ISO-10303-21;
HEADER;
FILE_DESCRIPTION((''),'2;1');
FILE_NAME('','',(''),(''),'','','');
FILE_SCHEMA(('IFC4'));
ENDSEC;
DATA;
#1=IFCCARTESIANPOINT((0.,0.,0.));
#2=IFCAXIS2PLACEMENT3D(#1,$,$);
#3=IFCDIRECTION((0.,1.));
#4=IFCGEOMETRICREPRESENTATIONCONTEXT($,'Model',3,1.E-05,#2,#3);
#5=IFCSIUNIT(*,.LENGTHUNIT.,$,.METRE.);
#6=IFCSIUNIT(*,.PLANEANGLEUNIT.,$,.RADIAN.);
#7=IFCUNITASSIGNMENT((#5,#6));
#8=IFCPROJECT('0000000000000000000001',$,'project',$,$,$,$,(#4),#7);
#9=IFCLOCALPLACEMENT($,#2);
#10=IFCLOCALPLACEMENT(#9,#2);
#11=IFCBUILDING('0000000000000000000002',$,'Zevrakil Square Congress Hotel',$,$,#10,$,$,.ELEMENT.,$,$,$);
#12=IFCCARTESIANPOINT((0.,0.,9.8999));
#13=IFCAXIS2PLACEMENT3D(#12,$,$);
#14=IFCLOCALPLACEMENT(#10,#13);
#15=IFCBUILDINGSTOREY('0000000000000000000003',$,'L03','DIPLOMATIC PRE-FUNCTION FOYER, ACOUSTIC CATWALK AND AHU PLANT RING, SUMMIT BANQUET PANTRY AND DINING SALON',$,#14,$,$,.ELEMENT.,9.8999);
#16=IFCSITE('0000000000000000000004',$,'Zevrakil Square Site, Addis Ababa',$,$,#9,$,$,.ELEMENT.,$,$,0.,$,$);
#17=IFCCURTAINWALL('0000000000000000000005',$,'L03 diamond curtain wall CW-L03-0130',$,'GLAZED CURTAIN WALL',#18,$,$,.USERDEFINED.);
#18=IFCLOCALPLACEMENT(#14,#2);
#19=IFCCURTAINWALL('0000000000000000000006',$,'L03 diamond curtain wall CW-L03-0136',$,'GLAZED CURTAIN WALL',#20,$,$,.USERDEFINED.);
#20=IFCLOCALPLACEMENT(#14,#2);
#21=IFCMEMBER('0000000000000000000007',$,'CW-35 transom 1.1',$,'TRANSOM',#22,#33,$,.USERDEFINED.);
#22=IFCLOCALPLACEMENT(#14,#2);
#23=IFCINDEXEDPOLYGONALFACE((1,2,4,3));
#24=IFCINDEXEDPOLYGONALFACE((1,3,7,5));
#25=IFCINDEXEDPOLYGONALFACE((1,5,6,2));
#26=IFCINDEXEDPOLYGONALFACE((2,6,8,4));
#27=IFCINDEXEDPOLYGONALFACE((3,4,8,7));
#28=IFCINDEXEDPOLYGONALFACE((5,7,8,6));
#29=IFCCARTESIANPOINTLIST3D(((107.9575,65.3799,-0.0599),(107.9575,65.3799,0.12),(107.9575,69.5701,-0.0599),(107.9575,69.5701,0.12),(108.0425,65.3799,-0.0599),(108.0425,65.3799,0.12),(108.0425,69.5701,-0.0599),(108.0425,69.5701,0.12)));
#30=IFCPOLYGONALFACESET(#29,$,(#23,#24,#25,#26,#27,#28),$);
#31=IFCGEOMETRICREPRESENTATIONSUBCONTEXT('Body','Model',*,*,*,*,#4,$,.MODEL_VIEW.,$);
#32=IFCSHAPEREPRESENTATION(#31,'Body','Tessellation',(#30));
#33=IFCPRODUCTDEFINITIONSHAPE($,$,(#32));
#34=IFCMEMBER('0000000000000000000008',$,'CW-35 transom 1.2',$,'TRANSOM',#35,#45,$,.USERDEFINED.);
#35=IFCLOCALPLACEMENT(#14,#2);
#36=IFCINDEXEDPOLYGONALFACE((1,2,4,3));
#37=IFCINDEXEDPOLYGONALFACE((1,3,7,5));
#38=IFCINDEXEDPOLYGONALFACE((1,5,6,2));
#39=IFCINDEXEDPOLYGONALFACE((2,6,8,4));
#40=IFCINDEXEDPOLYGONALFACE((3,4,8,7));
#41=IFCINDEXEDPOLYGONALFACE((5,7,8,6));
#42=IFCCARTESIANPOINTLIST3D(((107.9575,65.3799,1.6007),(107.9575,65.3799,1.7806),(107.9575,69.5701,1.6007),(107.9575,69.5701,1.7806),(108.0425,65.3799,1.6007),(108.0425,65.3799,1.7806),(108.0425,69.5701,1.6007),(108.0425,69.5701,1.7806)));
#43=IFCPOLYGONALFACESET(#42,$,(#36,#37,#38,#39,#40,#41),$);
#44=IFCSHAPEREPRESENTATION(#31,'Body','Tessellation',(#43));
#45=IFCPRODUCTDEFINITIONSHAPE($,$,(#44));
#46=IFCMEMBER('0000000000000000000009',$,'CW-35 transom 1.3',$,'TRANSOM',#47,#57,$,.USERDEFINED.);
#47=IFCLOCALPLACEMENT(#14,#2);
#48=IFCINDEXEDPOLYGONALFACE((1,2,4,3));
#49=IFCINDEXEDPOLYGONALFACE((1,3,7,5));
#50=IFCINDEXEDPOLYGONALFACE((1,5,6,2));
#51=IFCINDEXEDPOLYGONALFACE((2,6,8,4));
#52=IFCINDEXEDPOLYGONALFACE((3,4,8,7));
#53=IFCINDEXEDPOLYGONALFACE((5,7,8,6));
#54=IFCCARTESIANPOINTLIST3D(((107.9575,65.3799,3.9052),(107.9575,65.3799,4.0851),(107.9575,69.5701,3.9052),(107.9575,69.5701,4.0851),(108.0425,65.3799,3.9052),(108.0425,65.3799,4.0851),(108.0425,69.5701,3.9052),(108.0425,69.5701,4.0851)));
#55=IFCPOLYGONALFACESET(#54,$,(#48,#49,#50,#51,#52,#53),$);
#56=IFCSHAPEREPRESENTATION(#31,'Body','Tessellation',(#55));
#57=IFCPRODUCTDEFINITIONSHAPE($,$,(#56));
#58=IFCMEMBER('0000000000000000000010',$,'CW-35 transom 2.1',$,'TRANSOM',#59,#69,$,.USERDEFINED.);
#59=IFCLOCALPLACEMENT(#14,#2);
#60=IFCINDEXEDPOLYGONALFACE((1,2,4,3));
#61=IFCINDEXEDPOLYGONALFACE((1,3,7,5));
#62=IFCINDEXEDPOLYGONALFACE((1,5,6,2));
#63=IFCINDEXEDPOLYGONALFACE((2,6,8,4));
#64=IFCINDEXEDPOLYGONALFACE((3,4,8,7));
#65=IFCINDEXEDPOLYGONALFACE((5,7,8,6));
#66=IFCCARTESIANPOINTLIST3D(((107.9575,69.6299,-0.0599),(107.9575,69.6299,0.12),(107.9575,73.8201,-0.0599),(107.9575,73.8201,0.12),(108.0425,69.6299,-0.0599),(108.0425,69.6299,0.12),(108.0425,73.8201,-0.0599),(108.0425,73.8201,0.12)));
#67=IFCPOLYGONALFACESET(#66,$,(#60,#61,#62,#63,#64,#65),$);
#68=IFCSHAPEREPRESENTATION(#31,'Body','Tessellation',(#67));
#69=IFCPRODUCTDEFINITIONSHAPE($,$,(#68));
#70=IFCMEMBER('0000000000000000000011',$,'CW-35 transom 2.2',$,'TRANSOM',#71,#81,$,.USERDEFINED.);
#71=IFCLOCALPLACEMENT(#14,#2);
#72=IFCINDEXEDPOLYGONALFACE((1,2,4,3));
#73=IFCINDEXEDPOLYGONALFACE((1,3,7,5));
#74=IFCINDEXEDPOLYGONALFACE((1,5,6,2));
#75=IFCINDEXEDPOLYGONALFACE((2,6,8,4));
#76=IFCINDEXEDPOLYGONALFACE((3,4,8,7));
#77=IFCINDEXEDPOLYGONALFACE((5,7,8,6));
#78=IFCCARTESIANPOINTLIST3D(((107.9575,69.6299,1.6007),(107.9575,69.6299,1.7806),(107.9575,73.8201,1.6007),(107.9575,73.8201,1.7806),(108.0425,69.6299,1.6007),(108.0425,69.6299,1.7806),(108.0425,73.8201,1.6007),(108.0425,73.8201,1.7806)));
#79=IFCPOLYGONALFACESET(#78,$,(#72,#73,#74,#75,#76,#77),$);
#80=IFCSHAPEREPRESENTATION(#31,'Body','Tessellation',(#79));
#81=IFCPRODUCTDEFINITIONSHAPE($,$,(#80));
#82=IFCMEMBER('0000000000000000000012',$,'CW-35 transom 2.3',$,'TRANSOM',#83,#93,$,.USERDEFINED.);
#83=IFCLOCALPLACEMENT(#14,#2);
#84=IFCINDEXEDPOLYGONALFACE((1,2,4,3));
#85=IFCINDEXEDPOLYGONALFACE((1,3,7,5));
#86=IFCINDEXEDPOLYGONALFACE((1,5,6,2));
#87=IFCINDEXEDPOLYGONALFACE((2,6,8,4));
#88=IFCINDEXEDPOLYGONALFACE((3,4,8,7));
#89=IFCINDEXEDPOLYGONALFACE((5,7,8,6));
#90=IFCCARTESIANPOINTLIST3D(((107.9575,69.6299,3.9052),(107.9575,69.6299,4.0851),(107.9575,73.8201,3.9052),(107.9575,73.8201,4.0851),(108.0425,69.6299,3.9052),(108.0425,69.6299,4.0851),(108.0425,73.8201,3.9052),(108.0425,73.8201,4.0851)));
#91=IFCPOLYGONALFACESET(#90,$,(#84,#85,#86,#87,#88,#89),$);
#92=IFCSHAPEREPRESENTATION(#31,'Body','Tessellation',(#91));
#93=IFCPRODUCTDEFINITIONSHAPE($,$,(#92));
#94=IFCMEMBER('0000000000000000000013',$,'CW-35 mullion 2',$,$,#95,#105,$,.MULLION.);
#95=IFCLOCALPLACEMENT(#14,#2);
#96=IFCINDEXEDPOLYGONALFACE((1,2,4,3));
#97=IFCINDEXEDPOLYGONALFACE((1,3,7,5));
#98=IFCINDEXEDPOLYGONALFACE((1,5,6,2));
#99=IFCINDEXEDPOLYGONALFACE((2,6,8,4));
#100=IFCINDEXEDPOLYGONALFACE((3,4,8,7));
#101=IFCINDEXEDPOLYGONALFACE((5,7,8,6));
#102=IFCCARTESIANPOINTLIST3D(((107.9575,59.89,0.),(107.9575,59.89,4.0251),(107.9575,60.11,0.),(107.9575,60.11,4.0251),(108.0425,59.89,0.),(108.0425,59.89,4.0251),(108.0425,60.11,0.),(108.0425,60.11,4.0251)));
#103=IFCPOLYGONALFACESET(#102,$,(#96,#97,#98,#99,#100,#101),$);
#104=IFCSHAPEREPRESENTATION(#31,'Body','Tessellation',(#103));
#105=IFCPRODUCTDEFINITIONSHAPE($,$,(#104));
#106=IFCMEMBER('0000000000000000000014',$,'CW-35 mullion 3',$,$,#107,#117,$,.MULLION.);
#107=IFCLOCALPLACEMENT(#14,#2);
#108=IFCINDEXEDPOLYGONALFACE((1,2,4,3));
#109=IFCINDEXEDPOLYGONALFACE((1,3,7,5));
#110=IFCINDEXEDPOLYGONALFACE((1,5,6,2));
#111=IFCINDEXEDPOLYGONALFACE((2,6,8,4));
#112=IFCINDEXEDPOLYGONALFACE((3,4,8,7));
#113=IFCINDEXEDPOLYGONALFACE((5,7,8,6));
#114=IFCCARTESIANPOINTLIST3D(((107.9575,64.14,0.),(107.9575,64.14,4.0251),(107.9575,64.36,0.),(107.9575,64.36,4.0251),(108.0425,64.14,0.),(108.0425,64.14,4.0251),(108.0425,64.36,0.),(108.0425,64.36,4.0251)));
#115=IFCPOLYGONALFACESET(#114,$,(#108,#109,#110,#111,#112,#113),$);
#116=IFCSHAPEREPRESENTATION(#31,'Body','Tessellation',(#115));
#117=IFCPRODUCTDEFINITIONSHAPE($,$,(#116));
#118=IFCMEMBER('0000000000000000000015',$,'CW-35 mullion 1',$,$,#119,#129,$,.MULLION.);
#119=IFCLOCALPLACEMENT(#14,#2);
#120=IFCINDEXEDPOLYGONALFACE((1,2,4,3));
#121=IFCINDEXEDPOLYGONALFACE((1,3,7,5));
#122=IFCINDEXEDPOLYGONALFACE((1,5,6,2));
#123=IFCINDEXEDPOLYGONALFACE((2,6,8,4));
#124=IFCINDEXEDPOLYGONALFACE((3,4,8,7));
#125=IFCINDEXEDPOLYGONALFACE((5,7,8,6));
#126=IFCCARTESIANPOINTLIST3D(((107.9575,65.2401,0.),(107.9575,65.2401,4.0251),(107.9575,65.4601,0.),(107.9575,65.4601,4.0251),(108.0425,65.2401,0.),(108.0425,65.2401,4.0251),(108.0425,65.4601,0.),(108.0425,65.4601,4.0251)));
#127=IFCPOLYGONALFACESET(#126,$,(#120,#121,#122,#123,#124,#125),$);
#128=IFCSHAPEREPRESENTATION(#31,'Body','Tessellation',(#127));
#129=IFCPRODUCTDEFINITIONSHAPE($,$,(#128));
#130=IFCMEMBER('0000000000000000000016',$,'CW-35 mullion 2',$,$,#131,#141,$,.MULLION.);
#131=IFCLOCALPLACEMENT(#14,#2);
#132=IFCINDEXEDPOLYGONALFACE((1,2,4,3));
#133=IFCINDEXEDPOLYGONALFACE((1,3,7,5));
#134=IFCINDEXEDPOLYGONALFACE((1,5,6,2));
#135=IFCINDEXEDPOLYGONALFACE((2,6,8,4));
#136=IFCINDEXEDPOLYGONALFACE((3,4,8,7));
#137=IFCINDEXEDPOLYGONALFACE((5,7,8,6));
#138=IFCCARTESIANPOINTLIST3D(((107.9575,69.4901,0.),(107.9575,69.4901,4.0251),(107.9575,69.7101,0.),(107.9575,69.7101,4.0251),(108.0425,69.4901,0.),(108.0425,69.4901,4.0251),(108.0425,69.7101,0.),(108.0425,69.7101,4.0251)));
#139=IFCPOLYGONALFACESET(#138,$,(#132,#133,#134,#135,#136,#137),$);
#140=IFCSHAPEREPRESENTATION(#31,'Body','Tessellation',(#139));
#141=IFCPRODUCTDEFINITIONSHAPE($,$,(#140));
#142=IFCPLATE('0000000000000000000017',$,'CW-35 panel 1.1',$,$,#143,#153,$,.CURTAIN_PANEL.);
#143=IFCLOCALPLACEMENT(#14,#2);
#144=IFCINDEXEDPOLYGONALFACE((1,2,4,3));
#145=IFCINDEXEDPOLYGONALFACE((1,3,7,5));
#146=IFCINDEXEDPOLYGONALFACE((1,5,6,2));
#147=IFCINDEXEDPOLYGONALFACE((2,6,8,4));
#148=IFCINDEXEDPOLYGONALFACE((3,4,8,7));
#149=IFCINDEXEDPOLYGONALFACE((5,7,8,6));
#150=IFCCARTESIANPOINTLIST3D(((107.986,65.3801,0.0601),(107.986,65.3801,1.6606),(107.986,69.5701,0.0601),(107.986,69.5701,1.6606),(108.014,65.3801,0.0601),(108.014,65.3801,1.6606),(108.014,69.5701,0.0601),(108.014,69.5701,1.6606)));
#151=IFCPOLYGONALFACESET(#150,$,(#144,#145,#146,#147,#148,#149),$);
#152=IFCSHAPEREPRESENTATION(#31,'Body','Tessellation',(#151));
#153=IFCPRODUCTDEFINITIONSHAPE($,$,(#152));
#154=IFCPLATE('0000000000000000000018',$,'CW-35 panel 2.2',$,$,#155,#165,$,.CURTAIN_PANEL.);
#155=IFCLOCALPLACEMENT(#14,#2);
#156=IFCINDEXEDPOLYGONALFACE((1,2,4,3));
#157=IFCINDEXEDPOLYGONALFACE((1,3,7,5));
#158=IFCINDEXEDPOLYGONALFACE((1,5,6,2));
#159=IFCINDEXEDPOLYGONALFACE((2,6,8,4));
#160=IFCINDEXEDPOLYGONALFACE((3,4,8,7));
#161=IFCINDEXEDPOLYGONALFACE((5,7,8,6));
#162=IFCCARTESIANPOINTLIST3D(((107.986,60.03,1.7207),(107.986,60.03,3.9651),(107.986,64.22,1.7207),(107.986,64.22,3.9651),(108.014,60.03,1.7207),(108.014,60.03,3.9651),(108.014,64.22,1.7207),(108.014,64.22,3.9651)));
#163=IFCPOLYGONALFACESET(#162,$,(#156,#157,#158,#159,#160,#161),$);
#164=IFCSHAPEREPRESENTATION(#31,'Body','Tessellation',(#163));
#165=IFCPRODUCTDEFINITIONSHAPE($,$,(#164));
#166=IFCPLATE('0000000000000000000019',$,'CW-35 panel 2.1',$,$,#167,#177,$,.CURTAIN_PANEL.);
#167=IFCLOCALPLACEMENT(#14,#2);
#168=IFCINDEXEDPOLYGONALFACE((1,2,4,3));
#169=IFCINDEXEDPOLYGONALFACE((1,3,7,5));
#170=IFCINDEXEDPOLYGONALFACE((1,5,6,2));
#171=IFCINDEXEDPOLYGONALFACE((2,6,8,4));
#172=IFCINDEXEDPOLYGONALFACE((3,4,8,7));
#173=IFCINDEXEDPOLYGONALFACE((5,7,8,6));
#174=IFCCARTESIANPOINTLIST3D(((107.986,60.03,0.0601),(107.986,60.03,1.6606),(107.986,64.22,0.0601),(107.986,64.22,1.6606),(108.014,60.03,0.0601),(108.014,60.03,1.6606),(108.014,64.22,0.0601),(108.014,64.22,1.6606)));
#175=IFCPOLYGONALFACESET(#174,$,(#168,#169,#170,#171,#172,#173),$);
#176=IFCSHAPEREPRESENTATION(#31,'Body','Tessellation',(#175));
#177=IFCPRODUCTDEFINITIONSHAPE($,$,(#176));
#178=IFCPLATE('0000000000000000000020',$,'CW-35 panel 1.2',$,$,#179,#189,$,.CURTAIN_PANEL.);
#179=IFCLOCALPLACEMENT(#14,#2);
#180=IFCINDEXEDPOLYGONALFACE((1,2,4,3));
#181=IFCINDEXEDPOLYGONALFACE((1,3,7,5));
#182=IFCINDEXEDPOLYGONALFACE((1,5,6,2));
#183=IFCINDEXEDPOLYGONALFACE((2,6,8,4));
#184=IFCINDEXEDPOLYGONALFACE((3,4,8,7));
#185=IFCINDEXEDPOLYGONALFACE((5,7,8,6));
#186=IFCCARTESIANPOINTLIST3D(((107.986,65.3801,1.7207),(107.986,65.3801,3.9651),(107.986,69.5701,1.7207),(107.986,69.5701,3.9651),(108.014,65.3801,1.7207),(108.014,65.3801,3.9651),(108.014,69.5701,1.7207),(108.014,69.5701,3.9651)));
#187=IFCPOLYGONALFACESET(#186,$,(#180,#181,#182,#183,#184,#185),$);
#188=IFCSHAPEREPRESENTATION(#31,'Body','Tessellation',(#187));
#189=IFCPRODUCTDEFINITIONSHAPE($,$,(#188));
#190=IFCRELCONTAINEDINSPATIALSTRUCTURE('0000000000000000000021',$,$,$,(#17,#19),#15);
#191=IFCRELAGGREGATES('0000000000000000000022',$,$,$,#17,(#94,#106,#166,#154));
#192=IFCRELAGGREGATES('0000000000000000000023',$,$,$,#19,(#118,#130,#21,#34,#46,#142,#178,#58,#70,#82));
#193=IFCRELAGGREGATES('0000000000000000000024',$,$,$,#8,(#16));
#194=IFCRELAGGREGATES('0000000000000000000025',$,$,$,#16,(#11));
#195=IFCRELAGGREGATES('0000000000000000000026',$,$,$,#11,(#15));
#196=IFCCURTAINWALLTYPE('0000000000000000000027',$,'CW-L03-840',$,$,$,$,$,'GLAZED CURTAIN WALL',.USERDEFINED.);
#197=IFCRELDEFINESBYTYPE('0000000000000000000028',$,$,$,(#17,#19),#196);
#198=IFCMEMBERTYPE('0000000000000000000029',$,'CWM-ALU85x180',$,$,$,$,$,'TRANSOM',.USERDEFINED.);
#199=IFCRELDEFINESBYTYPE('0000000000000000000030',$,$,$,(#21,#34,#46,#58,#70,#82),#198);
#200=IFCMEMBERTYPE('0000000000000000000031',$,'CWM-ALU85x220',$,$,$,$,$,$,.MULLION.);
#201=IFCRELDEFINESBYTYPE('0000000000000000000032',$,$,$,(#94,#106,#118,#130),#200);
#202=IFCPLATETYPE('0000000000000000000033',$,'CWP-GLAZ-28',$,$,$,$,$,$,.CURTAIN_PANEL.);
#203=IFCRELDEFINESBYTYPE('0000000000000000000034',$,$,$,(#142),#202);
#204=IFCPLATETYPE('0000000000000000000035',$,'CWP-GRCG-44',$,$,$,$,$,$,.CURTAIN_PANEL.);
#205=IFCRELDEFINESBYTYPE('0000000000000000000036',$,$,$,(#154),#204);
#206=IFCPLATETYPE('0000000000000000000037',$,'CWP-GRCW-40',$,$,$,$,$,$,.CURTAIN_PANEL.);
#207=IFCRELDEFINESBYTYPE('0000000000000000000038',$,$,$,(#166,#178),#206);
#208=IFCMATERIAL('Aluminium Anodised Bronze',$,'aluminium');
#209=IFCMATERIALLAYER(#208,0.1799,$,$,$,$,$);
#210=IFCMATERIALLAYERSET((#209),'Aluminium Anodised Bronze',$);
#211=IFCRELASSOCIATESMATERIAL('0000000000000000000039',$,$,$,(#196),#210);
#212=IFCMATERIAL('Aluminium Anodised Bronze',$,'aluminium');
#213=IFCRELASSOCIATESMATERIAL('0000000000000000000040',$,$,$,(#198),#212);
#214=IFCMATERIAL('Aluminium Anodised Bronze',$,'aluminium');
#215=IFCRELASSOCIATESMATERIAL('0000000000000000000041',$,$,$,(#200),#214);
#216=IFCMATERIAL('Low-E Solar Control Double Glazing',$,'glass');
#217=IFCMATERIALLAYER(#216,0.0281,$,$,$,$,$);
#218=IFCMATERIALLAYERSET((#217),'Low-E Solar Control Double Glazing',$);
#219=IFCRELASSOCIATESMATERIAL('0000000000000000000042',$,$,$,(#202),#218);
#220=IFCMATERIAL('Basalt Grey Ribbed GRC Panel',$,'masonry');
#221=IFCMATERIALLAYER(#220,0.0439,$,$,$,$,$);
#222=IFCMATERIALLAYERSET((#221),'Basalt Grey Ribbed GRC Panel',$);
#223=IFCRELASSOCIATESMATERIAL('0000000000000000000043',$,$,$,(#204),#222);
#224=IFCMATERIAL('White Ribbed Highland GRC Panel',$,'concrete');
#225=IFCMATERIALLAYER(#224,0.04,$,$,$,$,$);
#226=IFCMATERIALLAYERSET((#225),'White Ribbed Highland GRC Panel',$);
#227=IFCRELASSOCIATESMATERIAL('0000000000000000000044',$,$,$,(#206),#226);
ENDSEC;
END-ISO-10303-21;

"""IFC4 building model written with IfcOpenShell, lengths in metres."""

from ifc_helpers import new_model, si_unit, direction, frame, origin, origin_2d, place, context, subcontext, project, spatial, rectangle, extrude, material, layer, layer_set, material_profile, profile_set, type_object, element, aggregate, save


model = new_model("IFC4")

# Units and contexts
model_context = context("Model", 3, precision=1e-05, world=origin(), true_north=direction((0.0, 1.0)))
body_context = subcontext(model_context, "Body", "Model", "MODEL_VIEW")
ifc_project = project(units=[si_unit("LENGTHUNIT", "METRE"), si_unit("PLANEANGLEUNIT", "RADIAN")], contexts=[model_context])

# Site, building, storey
site_placement = place(None, origin())
site = spatial("IfcSite", under=ifc_project, at=site_placement, Name="Zevrakil Square Site, Addis Ababa", CompositionType="ELEMENT", RefElevation=0.0)
building_placement = place(site_placement, origin())
building = spatial("IfcBuilding", under=site, at=building_placement, Name="Zevrakil Square Congress Hotel", CompositionType="ELEMENT")
storey_placement = place(building_placement, frame((0.0, 0.0, 9.8999)))
storey = spatial("IfcBuildingStorey", under=building, at=storey_placement, Name="L03", Description="DIPLOMATIC PRE-FUNCTION FOYER, ACOUSTIC CATWALK AND AHU PLANT RING, SUMMIT BANQUET PANTRY AND DINING SALON", CompositionType="ELEMENT", Elevation=9.8999)

# Curtain walls, members
ifc_material_1 = material(Name="Aluminium Anodised Bronze", Category="aluminium")
ifc_layer_1 = layer(ifc_material_1, 0.1799)
ifc_layer_set_1 = layer_set([ifc_layer_1], Name="Aluminium Anodised Bronze")
curtain_wall_type = type_object("IfcCurtainWallType", Name="CW-L03-840", ElementType="GLAZED CURTAIN WALL", PredefinedType="USERDEFINED", material=ifc_layer_set_1)
curtain_wall_1_placement = place(storey_placement, origin())
curtain_wall_1 = element("IfcCurtainWall", 1, at=curtain_wall_1_placement, inside=storey, type_object=curtain_wall_type, Name="L03 diamond curtain wall CW-L03-0130", ObjectType="GLAZED CURTAIN WALL", PredefinedType="USERDEFINED")
ifc_material_2 = material(Name="Aluminium Anodised Bronze", Category="aluminium")
ifc_material_profile_1 = material_profile(ifc_material_2, rectangle(XDim=0.085, YDim=0.1799, at=origin_2d()), Name="ALU 85x180")
ifc_profile_set_1 = profile_set([ifc_material_profile_1], Name="Aluminium Anodised Bronze")
member_type_1 = type_object("IfcMemberType", Name="CWM-ALU85x180", ElementType="TRANSOM", PredefinedType="USERDEFINED", material=ifc_profile_set_1)
curtain_wall_2_placement = place(storey_placement, origin())
curtain_wall_2 = element("IfcCurtainWall", 2, at=curtain_wall_2_placement, inside=storey, type_object=curtain_wall_type, Name="L03 diamond curtain wall CW-L03-0136", ObjectType="GLAZED CURTAIN WALL", PredefinedType="USERDEFINED")
member_1_placement = place(storey_placement, frame((108.0, 65.3799, 0.03), z_axis=(0.0, 1.0, 0.0), x_axis=(-1.0, 0.0, 0.0)))
member_1 = element("IfcMember", 3, at=member_1_placement, type_object=member_type_1, Name="CW-35 transom 1.1", ObjectType="TRANSOM", PredefinedType="USERDEFINED", context=body_context, shape_type="SweptSolid", body=[
    extrude(rectangle(XDim=0.085, YDim=0.1799, at=origin_2d()), origin(), (0.0, 0.0, 1.0), 4.1902),
])
member_2_placement = place(storey_placement, frame((108.0, 65.3799, 1.6907), z_axis=(0.0, 1.0, 0.0), x_axis=(-1.0, 0.0, 0.0)))
member_2 = element("IfcMember", 4, at=member_2_placement, type_object=member_type_1, Name="CW-35 transom 1.2", ObjectType="TRANSOM", PredefinedType="USERDEFINED", context=body_context, shape_type="SweptSolid", body=[
    extrude(rectangle(XDim=0.085, YDim=0.1799, at=origin_2d()), origin(), (0.0, 0.0, 1.0), 4.1902),
])
member_3_placement = place(storey_placement, frame((108.0, 65.3799, 3.9951), z_axis=(0.0, 1.0, 0.0), x_axis=(-1.0, 0.0, 0.0)))
member_3 = element("IfcMember", 5, at=member_3_placement, type_object=member_type_1, Name="CW-35 transom 1.3", ObjectType="TRANSOM", PredefinedType="USERDEFINED", context=body_context, shape_type="SweptSolid", body=[
    extrude(rectangle(XDim=0.085, YDim=0.1799, at=origin_2d()), origin(), (0.0, 0.0, 1.0), 4.1902),
])
member_4_placement = place(storey_placement, frame((108.0, 69.6299, 0.03), z_axis=(0.0, 1.0, 0.0), x_axis=(-1.0, 0.0, 0.0)))
member_4 = element("IfcMember", 6, at=member_4_placement, type_object=member_type_1, Name="CW-35 transom 2.1", ObjectType="TRANSOM", PredefinedType="USERDEFINED", context=body_context, shape_type="SweptSolid", body=[
    extrude(rectangle(XDim=0.085, YDim=0.1799, at=origin_2d()), origin(), (0.0, 0.0, 1.0), 4.1902),
])
member_5_placement = place(storey_placement, frame((108.0, 69.6299, 1.6907), z_axis=(0.0, 1.0, 0.0), x_axis=(-1.0, 0.0, 0.0)))
member_5 = element("IfcMember", 7, at=member_5_placement, type_object=member_type_1, Name="CW-35 transom 2.2", ObjectType="TRANSOM", PredefinedType="USERDEFINED", context=body_context, shape_type="SweptSolid", body=[
    extrude(rectangle(XDim=0.085, YDim=0.1799, at=origin_2d()), origin(), (0.0, 0.0, 1.0), 4.1902),
])
member_6_placement = place(storey_placement, frame((108.0, 69.6299, 3.9951), z_axis=(0.0, 1.0, 0.0), x_axis=(-1.0, 0.0, 0.0)))
member_6 = element("IfcMember", 8, at=member_6_placement, type_object=member_type_1, Name="CW-35 transom 2.3", ObjectType="TRANSOM", PredefinedType="USERDEFINED", context=body_context, shape_type="SweptSolid", body=[
    extrude(rectangle(XDim=0.085, YDim=0.1799, at=origin_2d()), origin(), (0.0, 0.0, 1.0), 4.1902),
])

# Members
ifc_material_3 = material(Name="Aluminium Anodised Bronze", Category="aluminium")
ifc_material_profile_2 = material_profile(ifc_material_3, rectangle(XDim=0.085, YDim=0.22, at=origin_2d()), Name="ALU 85x220")
ifc_profile_set_2 = profile_set([ifc_material_profile_2], Name="Aluminium Anodised Bronze")
member_type_2 = type_object("IfcMemberType", Name="CWM-ALU85x220", PredefinedType="MULLION", material=ifc_profile_set_2)
member_7_placement = place(storey_placement, frame((108.0, 60.0, 0.0), z_axis=(0.0, 0.0, 1.0), x_axis=(-1.0, 0.0, 0.0)))
member_7 = element("IfcMember", 9, at=member_7_placement, type_object=member_type_2, Name="CW-35 mullion 2", PredefinedType="MULLION", context=body_context, shape_type="SweptSolid", body=[
    extrude(rectangle(XDim=0.085, YDim=0.22, at=origin_2d()), origin(), (0.0, 0.0, 1.0), 4.0251),
])
member_8_placement = place(storey_placement, frame((108.0, 64.25, 0.0), z_axis=(0.0, 0.0, 1.0), x_axis=(-1.0, 0.0, 0.0)))
member_8 = element("IfcMember", 10, at=member_8_placement, type_object=member_type_2, Name="CW-35 mullion 3", PredefinedType="MULLION", context=body_context, shape_type="SweptSolid", body=[
    extrude(rectangle(XDim=0.085, YDim=0.22, at=origin_2d()), origin(), (0.0, 0.0, 1.0), 4.0251),
])
member_9_placement = place(storey_placement, frame((108.0, 65.3501, 0.0), z_axis=(0.0, 0.0, 1.0), x_axis=(-1.0, 0.0, 0.0)))
member_9 = element("IfcMember", 11, at=member_9_placement, type_object=member_type_2, Name="CW-35 mullion 1", PredefinedType="MULLION", context=body_context, shape_type="SweptSolid", body=[
    extrude(rectangle(XDim=0.085, YDim=0.22, at=origin_2d()), origin(), (0.0, 0.0, 1.0), 4.0251),
])
member_10_placement = place(storey_placement, frame((108.0, 69.6001, 0.0), z_axis=(0.0, 0.0, 1.0), x_axis=(-1.0, 0.0, 0.0)))
member_10 = element("IfcMember", 12, at=member_10_placement, type_object=member_type_2, Name="CW-35 mullion 2", PredefinedType="MULLION", context=body_context, shape_type="SweptSolid", body=[
    extrude(rectangle(XDim=0.085, YDim=0.22, at=origin_2d()), origin(), (0.0, 0.0, 1.0), 4.0251),
])

# Plates
ifc_material_4 = material(Name="Low-E Solar Control Double Glazing", Category="glass")
ifc_layer_2 = layer(ifc_material_4, 0.0281)
ifc_layer_set_2 = layer_set([ifc_layer_2], Name="Low-E Solar Control Double Glazing")
plate_type_1 = type_object("IfcPlateType", Name="CWP-GLAZ-28", PredefinedType="CURTAIN_PANEL", material=ifc_layer_set_2)
plate_1_placement = place(storey_placement, frame((108.0, 67.4751, 0.0601), z_axis=(0.0, 0.0, 1.0), x_axis=(0.0, 1.0, 0.0)))
plate_1 = element("IfcPlate", 13, at=plate_1_placement, type_object=plate_type_1, Name="CW-35 panel 1.1", PredefinedType="CURTAIN_PANEL", context=body_context, shape_type="SweptSolid", body=[
    extrude(rectangle(XDim=4.1899, YDim=0.0281, at=origin_2d()), origin(), (0.0, 0.0, 1.0), 1.6006),
])
ifc_material_5 = material(Name="Basalt Grey Ribbed GRC Panel", Category="masonry")
ifc_layer_3 = layer(ifc_material_5, 0.0439)
ifc_layer_set_3 = layer_set([ifc_layer_3], Name="Basalt Grey Ribbed GRC Panel")
plate_type_2 = type_object("IfcPlateType", Name="CWP-GRCG-44", PredefinedType="CURTAIN_PANEL", material=ifc_layer_set_3)
plate_2_placement = place(storey_placement, frame((108.0, 62.125, 1.7207), z_axis=(0.0, 0.0, 1.0), x_axis=(0.0, 1.0, 0.0)))
plate_2 = element("IfcPlate", 14, at=plate_2_placement, type_object=plate_type_2, Name="CW-35 panel 2.2", PredefinedType="CURTAIN_PANEL", context=body_context, shape_type="SweptSolid", body=[
    extrude(rectangle(XDim=4.1899, YDim=0.0281, at=origin_2d()), origin(), (0.0, 0.0, 1.0), 2.2444),
])
ifc_material_6 = material(Name="White Ribbed Highland GRC Panel", Category="concrete")
ifc_layer_4 = layer(ifc_material_6, 0.04)
ifc_layer_set_4 = layer_set([ifc_layer_4], Name="White Ribbed Highland GRC Panel")
plate_type_3 = type_object("IfcPlateType", Name="CWP-GRCW-40", PredefinedType="CURTAIN_PANEL", material=ifc_layer_set_4)
plate_3_placement = place(storey_placement, frame((108.0, 62.125, 0.0601), z_axis=(0.0, 0.0, 1.0), x_axis=(0.0, 1.0, 0.0)))
plate_3 = element("IfcPlate", 15, at=plate_3_placement, type_object=plate_type_3, Name="CW-35 panel 2.1", PredefinedType="CURTAIN_PANEL", context=body_context, shape_type="SweptSolid", body=[
    extrude(rectangle(XDim=4.1899, YDim=0.0281, at=origin_2d()), origin(), (0.0, 0.0, 1.0), 1.6006),
])
aggregate(curtain_wall_1, [member_7, member_8, plate_3, plate_2])
plate_4_placement = place(storey_placement, frame((108.0, 67.4751, 1.7207), z_axis=(0.0, 0.0, 1.0), x_axis=(0.0, 1.0, 0.0)))
plate_4 = element("IfcPlate", 16, at=plate_4_placement, type_object=plate_type_3, Name="CW-35 panel 1.2", PredefinedType="CURTAIN_PANEL", context=body_context, shape_type="SweptSolid", body=[
    extrude(rectangle(XDim=4.1899, YDim=0.0281, at=origin_2d()), origin(), (0.0, 0.0, 1.0), 2.2444),
])
aggregate(curtain_wall_2, [member_9, member_10, member_1, member_2, member_3, plate_1, plate_4, member_4, member_5, member_6])

save(model, "model.ifc")
